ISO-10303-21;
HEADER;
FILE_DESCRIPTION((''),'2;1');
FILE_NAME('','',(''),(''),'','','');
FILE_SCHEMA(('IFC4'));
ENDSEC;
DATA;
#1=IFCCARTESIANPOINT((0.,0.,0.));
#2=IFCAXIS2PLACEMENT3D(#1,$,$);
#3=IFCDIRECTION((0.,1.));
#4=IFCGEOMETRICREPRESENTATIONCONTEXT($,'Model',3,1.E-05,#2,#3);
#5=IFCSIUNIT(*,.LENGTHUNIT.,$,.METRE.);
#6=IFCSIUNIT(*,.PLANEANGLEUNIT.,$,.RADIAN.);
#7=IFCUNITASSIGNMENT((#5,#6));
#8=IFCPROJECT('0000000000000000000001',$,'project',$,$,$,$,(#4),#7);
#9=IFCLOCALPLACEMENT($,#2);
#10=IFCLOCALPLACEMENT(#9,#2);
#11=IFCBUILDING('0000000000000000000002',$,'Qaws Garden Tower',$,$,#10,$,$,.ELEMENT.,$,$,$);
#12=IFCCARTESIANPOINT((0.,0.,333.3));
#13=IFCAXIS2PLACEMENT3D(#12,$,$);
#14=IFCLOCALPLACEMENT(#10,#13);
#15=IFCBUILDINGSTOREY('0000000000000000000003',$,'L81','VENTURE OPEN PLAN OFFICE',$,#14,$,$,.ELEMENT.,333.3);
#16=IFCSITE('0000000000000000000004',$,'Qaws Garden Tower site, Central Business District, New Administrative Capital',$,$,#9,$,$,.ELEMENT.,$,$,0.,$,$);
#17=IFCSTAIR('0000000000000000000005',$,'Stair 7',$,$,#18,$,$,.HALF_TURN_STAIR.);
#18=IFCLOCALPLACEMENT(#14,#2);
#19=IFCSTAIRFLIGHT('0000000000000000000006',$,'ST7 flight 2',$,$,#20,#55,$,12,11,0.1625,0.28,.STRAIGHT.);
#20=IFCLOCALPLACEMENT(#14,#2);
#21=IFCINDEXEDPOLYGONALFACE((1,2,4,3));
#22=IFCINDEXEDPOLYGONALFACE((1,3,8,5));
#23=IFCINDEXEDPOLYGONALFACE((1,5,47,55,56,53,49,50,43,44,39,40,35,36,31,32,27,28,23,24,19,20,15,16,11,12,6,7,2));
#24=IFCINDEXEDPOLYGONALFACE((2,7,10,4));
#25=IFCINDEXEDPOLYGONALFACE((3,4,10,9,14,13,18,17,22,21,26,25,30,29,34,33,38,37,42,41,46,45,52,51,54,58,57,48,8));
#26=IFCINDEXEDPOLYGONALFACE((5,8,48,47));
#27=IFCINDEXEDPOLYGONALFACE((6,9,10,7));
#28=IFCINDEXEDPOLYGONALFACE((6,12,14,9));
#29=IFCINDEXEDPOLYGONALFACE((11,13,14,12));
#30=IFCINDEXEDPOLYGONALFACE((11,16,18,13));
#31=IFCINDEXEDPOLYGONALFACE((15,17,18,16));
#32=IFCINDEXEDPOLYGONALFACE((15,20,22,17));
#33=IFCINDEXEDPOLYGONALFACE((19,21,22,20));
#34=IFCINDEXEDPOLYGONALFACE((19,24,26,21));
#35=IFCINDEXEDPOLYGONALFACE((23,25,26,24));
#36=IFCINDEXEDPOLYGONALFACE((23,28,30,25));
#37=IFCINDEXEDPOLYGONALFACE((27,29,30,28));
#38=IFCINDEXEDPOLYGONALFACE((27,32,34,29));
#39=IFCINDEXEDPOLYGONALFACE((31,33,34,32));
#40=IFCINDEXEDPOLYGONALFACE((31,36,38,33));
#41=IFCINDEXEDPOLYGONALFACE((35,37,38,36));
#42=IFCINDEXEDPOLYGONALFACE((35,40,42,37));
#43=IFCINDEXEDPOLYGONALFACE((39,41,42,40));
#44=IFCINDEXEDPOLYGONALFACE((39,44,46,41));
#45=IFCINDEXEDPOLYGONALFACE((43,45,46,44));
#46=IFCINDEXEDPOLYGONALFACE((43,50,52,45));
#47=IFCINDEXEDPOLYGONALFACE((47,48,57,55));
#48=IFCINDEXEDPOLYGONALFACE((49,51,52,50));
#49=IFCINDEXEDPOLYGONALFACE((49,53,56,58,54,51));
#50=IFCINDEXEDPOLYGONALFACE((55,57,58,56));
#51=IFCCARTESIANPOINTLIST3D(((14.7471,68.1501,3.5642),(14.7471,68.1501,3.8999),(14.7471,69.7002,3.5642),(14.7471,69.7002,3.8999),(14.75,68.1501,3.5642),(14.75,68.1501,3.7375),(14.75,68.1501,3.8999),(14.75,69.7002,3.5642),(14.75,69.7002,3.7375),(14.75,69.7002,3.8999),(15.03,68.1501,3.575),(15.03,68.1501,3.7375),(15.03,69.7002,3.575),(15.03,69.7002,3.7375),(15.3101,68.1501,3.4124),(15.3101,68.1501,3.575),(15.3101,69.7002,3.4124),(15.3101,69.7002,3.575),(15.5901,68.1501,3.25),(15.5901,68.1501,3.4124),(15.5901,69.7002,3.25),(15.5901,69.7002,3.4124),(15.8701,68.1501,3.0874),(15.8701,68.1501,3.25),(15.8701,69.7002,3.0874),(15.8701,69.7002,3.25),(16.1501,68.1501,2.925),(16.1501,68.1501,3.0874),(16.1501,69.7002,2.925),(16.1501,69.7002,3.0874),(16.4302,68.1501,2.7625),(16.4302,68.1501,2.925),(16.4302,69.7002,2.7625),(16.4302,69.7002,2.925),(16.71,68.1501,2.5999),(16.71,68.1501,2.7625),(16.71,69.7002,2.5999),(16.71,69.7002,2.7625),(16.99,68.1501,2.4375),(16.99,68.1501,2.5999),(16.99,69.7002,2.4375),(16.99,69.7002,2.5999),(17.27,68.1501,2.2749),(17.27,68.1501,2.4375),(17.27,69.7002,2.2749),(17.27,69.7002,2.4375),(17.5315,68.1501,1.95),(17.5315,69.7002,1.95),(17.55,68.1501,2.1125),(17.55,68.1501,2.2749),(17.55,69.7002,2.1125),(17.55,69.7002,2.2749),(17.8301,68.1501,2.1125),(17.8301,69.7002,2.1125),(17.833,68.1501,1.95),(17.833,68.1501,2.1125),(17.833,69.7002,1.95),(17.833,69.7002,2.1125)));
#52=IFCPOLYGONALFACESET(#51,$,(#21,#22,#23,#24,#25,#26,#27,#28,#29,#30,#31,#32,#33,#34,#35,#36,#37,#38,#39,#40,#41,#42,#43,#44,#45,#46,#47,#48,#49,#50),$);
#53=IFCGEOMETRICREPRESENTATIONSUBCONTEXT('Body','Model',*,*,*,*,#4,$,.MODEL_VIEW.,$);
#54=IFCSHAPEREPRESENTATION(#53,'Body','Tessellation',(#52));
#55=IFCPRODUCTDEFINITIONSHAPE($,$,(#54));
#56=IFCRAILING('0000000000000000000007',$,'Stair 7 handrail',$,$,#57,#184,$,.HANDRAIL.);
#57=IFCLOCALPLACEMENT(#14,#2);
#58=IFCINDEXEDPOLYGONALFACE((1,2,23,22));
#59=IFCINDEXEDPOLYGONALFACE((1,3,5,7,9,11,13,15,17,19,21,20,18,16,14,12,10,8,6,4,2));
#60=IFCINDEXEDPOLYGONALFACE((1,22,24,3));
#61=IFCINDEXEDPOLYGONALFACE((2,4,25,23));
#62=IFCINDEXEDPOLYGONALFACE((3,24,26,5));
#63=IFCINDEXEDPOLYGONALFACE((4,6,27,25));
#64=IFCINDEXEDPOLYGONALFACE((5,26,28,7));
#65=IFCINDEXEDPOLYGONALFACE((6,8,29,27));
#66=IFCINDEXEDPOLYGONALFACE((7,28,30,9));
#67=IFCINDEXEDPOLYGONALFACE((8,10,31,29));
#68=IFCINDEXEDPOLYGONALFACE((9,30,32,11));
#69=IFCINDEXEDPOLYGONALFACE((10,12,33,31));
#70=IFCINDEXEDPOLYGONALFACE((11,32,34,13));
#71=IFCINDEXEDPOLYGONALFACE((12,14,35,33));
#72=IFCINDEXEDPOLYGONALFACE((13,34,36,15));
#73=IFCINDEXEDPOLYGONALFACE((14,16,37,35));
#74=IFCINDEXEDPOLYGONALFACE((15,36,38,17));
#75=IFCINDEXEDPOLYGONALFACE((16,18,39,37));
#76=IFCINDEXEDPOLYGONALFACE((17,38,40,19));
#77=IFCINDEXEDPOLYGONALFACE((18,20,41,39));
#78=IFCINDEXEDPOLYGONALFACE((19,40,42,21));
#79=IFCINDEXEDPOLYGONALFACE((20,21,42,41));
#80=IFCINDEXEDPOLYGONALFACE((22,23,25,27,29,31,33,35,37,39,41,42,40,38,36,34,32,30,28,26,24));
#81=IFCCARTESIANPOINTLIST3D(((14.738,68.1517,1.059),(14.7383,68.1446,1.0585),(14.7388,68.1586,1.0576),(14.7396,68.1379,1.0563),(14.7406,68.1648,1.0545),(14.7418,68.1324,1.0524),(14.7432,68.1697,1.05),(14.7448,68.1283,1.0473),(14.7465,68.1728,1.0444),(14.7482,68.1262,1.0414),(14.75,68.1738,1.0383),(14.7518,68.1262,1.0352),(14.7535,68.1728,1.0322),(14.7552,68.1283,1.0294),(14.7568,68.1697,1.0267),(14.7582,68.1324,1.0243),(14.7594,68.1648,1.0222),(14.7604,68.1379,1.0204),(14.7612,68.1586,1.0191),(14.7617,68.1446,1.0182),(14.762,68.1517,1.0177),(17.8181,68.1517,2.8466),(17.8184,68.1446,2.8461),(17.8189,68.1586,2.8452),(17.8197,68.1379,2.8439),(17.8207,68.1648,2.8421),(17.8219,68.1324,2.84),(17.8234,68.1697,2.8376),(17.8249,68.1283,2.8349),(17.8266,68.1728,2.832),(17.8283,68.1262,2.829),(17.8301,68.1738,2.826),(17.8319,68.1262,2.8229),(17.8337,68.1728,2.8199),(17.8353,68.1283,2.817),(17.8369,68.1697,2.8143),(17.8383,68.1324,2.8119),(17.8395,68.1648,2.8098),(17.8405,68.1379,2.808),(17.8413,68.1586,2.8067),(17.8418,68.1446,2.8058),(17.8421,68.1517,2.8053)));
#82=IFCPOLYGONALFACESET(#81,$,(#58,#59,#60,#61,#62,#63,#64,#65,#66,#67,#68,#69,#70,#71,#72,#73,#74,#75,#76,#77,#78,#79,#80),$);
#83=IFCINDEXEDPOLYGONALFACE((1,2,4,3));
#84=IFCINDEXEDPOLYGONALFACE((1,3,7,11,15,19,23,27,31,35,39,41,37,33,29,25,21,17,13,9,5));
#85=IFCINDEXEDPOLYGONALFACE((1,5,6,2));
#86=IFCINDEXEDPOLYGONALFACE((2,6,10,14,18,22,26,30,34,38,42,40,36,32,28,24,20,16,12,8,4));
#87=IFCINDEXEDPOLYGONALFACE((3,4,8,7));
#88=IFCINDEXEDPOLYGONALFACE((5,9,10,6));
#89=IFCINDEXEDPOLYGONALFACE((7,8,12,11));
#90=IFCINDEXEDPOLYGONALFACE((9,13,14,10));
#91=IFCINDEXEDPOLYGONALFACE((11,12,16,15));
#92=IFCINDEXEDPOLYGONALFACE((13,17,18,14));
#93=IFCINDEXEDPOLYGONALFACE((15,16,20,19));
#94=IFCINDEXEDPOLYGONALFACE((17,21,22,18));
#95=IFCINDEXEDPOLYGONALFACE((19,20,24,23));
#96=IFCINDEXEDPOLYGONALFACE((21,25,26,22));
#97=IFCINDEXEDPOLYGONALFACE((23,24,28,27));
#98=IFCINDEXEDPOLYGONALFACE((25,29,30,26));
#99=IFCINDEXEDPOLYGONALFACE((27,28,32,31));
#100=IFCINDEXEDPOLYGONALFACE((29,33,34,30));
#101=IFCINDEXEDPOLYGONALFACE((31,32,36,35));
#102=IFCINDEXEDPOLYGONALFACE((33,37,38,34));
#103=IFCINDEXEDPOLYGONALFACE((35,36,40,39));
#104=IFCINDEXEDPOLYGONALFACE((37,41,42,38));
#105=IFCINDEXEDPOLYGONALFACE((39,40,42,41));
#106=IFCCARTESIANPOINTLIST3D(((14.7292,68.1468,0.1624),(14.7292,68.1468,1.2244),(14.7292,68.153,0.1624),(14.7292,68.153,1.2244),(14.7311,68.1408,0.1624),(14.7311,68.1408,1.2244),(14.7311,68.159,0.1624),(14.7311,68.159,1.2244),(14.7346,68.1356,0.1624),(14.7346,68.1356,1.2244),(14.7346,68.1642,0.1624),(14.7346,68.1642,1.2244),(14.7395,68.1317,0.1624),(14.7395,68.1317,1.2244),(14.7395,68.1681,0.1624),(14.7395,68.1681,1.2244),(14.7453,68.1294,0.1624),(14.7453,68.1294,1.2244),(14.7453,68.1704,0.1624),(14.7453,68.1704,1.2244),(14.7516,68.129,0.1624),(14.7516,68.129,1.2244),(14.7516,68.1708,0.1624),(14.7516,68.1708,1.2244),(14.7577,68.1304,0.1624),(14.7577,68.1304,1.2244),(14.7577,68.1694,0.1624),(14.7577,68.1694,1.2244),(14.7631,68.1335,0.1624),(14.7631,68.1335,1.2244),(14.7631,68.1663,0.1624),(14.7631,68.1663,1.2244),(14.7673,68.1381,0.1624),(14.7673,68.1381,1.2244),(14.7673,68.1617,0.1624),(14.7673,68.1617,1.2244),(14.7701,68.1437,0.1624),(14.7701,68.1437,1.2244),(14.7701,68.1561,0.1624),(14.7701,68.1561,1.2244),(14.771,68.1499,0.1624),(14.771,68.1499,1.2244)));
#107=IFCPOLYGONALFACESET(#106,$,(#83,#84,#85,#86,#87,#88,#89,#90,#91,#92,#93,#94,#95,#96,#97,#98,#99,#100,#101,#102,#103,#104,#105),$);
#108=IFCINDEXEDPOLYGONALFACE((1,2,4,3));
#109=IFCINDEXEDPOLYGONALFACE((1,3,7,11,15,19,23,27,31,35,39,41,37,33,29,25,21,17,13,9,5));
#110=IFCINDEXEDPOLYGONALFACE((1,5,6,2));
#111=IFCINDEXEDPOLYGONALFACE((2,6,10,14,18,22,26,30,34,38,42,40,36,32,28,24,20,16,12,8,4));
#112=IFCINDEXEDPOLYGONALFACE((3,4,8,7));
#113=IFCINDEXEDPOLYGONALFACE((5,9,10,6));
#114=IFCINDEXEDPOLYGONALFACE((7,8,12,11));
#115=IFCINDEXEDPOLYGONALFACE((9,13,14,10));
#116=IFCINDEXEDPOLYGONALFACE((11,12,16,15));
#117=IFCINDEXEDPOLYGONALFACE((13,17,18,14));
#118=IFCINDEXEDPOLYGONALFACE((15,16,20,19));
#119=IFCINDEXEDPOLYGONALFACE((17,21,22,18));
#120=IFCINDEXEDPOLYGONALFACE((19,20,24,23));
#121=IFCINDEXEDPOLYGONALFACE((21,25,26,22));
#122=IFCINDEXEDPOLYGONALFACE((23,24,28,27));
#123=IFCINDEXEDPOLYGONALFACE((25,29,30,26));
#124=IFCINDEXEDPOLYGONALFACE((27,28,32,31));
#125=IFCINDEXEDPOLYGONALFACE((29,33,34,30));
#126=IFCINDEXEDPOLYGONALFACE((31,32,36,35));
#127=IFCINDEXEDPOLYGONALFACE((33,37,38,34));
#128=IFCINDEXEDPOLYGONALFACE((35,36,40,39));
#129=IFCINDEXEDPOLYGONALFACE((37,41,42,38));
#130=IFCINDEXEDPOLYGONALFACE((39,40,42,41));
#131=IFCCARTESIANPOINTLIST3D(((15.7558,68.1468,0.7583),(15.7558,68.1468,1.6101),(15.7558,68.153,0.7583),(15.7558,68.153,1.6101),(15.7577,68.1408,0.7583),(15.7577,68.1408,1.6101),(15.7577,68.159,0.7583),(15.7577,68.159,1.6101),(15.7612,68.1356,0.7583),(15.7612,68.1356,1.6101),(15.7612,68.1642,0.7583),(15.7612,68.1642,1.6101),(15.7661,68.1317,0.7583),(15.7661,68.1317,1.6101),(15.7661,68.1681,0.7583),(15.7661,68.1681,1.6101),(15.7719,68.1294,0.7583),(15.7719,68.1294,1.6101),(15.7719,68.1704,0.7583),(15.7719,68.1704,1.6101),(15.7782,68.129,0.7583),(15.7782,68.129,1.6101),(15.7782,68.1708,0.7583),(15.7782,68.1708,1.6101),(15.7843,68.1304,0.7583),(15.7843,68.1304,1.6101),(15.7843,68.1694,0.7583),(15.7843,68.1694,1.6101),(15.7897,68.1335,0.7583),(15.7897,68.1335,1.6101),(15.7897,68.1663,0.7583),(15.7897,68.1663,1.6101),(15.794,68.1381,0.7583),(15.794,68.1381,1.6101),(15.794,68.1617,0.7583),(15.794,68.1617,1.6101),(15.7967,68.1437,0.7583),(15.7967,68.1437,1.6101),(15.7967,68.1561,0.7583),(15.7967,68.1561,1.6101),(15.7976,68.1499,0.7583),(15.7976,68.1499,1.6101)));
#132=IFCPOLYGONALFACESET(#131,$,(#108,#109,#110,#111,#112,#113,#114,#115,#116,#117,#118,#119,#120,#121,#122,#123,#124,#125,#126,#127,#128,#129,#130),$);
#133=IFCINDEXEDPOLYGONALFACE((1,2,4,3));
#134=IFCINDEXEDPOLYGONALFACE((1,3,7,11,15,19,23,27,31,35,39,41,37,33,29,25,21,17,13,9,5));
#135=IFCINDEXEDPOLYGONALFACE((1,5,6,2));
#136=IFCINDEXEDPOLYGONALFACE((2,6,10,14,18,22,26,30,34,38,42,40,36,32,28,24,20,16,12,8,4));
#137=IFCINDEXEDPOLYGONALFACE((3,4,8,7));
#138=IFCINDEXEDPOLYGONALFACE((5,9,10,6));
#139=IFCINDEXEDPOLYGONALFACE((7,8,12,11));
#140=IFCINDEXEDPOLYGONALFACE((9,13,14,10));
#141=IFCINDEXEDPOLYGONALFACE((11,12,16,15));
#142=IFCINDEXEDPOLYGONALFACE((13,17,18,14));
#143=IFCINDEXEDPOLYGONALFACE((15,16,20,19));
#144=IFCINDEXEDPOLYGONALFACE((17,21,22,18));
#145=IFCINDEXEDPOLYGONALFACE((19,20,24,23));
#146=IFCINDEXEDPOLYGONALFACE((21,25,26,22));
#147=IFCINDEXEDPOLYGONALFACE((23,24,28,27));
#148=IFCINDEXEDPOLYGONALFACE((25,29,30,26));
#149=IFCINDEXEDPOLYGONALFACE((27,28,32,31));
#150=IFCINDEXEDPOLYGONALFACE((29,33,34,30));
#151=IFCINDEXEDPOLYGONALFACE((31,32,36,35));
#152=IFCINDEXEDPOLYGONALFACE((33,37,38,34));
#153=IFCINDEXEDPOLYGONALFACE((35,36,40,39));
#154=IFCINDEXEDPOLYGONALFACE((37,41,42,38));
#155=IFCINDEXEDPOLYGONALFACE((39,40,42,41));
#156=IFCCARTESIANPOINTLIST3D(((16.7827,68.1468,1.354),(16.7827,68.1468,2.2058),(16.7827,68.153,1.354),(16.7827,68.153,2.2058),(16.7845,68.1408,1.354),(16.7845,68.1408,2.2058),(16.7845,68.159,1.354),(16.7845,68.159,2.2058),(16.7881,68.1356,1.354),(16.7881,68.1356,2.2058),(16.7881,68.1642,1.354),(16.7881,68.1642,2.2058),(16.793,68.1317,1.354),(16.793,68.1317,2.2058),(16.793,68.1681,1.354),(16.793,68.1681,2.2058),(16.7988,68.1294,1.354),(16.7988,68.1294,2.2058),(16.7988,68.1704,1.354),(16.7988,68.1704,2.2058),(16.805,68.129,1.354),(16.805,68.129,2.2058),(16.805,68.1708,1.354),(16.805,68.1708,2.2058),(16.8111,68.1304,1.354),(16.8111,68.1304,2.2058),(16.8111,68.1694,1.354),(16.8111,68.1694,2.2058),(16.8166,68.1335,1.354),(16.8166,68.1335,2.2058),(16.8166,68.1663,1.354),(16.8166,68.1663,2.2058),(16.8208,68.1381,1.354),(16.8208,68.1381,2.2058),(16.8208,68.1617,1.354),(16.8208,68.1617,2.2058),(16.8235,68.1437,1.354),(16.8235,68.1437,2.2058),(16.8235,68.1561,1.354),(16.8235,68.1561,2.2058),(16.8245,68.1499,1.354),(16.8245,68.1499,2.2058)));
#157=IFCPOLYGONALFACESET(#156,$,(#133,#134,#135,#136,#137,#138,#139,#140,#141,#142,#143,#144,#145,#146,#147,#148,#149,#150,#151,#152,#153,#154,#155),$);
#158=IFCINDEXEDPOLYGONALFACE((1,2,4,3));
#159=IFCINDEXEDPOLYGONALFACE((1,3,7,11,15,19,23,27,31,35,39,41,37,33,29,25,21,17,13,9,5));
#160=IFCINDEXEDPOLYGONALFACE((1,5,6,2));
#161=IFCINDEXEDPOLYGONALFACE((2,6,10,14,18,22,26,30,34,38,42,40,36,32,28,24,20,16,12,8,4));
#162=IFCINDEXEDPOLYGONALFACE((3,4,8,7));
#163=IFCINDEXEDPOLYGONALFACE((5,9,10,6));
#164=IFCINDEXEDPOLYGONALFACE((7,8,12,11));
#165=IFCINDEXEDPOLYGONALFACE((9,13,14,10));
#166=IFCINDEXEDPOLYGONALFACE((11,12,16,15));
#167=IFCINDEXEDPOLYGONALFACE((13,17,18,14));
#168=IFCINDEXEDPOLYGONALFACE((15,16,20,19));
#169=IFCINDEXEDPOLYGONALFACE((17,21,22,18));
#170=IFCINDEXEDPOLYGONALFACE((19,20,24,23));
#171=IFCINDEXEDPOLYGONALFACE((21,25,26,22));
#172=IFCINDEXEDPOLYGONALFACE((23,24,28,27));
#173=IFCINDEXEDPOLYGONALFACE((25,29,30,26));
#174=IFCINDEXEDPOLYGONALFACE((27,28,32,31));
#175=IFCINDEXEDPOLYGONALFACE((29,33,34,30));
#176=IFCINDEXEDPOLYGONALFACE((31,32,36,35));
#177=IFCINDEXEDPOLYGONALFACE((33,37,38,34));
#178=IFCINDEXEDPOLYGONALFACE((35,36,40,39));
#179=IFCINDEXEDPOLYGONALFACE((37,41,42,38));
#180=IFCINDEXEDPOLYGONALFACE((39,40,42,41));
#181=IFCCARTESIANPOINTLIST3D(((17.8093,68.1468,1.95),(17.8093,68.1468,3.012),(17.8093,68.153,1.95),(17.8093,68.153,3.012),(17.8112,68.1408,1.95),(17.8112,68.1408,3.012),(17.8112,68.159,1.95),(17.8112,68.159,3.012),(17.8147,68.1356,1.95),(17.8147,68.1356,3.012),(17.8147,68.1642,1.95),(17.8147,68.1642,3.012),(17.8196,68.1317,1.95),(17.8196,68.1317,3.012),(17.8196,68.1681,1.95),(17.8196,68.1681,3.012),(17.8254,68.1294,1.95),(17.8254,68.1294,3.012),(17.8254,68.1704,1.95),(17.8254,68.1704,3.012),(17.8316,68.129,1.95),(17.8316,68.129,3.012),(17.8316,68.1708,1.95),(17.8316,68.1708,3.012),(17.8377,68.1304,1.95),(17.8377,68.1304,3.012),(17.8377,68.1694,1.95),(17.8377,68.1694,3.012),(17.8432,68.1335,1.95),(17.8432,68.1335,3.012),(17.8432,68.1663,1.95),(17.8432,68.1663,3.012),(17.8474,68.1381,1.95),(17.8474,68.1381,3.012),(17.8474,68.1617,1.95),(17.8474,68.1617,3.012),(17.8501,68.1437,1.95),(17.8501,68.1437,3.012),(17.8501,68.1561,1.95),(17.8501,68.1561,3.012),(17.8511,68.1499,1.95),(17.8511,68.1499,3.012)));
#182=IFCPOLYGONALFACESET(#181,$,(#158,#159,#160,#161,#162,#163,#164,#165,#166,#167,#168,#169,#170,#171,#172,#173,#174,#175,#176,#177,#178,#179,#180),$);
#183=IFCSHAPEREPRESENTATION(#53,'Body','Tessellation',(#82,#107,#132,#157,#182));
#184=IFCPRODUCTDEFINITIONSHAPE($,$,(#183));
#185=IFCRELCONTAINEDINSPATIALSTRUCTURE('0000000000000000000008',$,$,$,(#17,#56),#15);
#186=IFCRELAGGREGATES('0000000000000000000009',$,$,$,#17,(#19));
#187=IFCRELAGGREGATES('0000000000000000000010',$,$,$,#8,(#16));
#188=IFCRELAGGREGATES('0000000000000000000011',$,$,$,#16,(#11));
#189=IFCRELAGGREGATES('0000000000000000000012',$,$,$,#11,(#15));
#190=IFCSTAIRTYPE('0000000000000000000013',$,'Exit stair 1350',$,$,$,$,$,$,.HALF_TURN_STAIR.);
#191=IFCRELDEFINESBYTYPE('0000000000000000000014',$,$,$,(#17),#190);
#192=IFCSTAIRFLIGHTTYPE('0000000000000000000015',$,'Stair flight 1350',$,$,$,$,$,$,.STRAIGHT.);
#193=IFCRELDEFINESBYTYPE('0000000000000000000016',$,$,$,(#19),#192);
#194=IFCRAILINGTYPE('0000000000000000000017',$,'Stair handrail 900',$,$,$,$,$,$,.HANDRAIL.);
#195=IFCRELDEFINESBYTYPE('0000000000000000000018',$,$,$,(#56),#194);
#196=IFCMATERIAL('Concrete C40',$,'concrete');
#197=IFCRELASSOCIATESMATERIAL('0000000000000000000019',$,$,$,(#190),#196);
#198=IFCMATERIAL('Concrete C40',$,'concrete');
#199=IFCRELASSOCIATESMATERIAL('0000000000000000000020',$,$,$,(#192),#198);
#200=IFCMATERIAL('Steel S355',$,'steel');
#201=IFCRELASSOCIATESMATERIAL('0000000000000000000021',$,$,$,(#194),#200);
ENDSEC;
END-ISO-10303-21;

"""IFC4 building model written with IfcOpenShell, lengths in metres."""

from ifc_helpers import new_model, si_unit, direction, frame, origin, origin_2d, place, context, subcontext, project, spatial, polyline, circle, outline, extrude, material, type_object, element, aggregate, save


model = new_model("IFC4")

# Units and contexts
model_context = context("Model", 3, precision=1e-05, world=origin(), true_north=direction((0.0, 1.0)))
body_context = subcontext(model_context, "Body", "Model", "MODEL_VIEW")
ifc_project = project(units=[si_unit("LENGTHUNIT", "METRE"), si_unit("PLANEANGLEUNIT", "RADIAN")], contexts=[model_context])

# Site, building, storey
site_placement = place(None, origin())
site = spatial("IfcSite", under=ifc_project, at=site_placement, Name="Qaws Garden Tower site, Central Business District, New Administrative Capital", CompositionType="ELEMENT", RefElevation=0.0)
building_placement = place(site_placement, origin())
building = spatial("IfcBuilding", under=site, at=building_placement, Name="Qaws Garden Tower", CompositionType="ELEMENT")
storey_placement = place(building_placement, frame((0.0, 0.0, 333.3)))
storey = spatial("IfcBuildingStorey", under=building, at=storey_placement, Name="L81", Description="VENTURE OPEN PLAN OFFICE", CompositionType="ELEMENT", Elevation=333.3)

# Stair, stair flight
ifc_material_1 = material(Name="Concrete C40", Category="concrete")
stair_type = type_object("IfcStairType", Name="Exit stair 1350", PredefinedType="HALF_TURN_STAIR", material=ifc_material_1)
stair_placement = place(storey_placement, origin())
stair = element("IfcStair", 1, at=stair_placement, inside=storey, type_object=stair_type, Name="Stair 7", PredefinedType="HALF_TURN_STAIR")
ifc_material_2 = material(Name="Concrete C40", Category="concrete")
stair_flight_type = type_object("IfcStairFlightType", Name="Stair flight 1350", PredefinedType="STRAIGHT", material=ifc_material_2)
stair_flight_1_placement = place(storey_placement, frame((17.8301, 68.925, 1.95), z_axis=(0.0, 0.0, 1.0), x_axis=(-1.0, 0.0, 0.0)))
stair_flight_1 = element("IfcStairFlight", 2, at=stair_flight_1_placement, type_object=stair_flight_type, Name="ST7 flight 2", NumberOfRisers=12, NumberOfTreads=11, PredefinedType="STRAIGHT", RiserHeight=0.1625, TreadLength=0.28, context=body_context, shape_type="SweptSolid", body=[
    extrude(outline(polyline([(-0.0029, 0.0), (-0.0029, 0.1626), (0.0, 0.1626), (0.28, 0.1626), (0.28, 0.325), (0.5601, 0.325), (0.5601, 0.4875), (0.8401, 0.4875), (0.8401, 0.6499), (1.1201, 0.6499), (1.1201, 0.8125), (1.3999, 0.8125), (1.3999, 0.9751), (1.6799, 0.9751), (1.6799, 1.1375), (1.96, 1.1375), (1.96, 1.3), (2.24, 1.3), (2.24, 1.4624), (2.52, 1.4624), (2.52, 1.625), (2.8, 1.625), (2.8, 1.7876), (3.0801, 1.7876), (3.0801, 1.95), (3.083, 1.95), (3.083, 1.6143), (3.0801, 1.6143), (0.2986, 0.0), (-0.0029, 0.0)])), frame((0.0, 0.7749, 0.0), z_axis=(0.0, -1.0, 0.0), x_axis=(1.0, 0.0, 0.0)), (0.0, 0.0, 1.0), 1.55),
])
aggregate(stair, [stair_flight_1])

# Railing
ifc_material_3 = material(Name="Steel S355", Category="steel")
railing_type = type_object("IfcRailingType", Name="Stair handrail 900", PredefinedType="HANDRAIL", material=ifc_material_3)
railing_1_placement = place(storey_placement, frame((14.75, 68.1499, 0.1624)))
element("IfcRailing", 3, at=railing_1_placement, inside=storey, type_object=railing_type, Name="Stair 7 handrail", PredefinedType="HANDRAIL", context=body_context, shape_type="SweptSolid", body=[
    extrude(circle(Radius=0.0239, at=origin_2d()), frame((0.0, 0.0, 0.876), z_axis=(0.864891, 0.0, 0.50196), x_axis=(0.0, 1.0, 0.0)), (0.0, 0.0, 1.0), 3.5613),
    extrude(circle(Radius=0.021, at=origin_2d()), origin(), (0.0, 0.0, 1.0), 1.062),
    extrude(circle(Radius=0.021, at=origin_2d()), frame((1.0266, 0.0, 0.5959)), (0.0, 0.0, 1.0), 0.8518),
    extrude(circle(Radius=0.021, at=origin_2d()), frame((2.0535, 0.0, 1.1917)), (0.0, 0.0, 1.0), 0.8518),
    extrude(circle(Radius=0.021, at=origin_2d()), frame((3.0801, 0.0, 1.7876)), (0.0, 0.0, 1.0), 1.062),
])

save(model, "model.ifc")
